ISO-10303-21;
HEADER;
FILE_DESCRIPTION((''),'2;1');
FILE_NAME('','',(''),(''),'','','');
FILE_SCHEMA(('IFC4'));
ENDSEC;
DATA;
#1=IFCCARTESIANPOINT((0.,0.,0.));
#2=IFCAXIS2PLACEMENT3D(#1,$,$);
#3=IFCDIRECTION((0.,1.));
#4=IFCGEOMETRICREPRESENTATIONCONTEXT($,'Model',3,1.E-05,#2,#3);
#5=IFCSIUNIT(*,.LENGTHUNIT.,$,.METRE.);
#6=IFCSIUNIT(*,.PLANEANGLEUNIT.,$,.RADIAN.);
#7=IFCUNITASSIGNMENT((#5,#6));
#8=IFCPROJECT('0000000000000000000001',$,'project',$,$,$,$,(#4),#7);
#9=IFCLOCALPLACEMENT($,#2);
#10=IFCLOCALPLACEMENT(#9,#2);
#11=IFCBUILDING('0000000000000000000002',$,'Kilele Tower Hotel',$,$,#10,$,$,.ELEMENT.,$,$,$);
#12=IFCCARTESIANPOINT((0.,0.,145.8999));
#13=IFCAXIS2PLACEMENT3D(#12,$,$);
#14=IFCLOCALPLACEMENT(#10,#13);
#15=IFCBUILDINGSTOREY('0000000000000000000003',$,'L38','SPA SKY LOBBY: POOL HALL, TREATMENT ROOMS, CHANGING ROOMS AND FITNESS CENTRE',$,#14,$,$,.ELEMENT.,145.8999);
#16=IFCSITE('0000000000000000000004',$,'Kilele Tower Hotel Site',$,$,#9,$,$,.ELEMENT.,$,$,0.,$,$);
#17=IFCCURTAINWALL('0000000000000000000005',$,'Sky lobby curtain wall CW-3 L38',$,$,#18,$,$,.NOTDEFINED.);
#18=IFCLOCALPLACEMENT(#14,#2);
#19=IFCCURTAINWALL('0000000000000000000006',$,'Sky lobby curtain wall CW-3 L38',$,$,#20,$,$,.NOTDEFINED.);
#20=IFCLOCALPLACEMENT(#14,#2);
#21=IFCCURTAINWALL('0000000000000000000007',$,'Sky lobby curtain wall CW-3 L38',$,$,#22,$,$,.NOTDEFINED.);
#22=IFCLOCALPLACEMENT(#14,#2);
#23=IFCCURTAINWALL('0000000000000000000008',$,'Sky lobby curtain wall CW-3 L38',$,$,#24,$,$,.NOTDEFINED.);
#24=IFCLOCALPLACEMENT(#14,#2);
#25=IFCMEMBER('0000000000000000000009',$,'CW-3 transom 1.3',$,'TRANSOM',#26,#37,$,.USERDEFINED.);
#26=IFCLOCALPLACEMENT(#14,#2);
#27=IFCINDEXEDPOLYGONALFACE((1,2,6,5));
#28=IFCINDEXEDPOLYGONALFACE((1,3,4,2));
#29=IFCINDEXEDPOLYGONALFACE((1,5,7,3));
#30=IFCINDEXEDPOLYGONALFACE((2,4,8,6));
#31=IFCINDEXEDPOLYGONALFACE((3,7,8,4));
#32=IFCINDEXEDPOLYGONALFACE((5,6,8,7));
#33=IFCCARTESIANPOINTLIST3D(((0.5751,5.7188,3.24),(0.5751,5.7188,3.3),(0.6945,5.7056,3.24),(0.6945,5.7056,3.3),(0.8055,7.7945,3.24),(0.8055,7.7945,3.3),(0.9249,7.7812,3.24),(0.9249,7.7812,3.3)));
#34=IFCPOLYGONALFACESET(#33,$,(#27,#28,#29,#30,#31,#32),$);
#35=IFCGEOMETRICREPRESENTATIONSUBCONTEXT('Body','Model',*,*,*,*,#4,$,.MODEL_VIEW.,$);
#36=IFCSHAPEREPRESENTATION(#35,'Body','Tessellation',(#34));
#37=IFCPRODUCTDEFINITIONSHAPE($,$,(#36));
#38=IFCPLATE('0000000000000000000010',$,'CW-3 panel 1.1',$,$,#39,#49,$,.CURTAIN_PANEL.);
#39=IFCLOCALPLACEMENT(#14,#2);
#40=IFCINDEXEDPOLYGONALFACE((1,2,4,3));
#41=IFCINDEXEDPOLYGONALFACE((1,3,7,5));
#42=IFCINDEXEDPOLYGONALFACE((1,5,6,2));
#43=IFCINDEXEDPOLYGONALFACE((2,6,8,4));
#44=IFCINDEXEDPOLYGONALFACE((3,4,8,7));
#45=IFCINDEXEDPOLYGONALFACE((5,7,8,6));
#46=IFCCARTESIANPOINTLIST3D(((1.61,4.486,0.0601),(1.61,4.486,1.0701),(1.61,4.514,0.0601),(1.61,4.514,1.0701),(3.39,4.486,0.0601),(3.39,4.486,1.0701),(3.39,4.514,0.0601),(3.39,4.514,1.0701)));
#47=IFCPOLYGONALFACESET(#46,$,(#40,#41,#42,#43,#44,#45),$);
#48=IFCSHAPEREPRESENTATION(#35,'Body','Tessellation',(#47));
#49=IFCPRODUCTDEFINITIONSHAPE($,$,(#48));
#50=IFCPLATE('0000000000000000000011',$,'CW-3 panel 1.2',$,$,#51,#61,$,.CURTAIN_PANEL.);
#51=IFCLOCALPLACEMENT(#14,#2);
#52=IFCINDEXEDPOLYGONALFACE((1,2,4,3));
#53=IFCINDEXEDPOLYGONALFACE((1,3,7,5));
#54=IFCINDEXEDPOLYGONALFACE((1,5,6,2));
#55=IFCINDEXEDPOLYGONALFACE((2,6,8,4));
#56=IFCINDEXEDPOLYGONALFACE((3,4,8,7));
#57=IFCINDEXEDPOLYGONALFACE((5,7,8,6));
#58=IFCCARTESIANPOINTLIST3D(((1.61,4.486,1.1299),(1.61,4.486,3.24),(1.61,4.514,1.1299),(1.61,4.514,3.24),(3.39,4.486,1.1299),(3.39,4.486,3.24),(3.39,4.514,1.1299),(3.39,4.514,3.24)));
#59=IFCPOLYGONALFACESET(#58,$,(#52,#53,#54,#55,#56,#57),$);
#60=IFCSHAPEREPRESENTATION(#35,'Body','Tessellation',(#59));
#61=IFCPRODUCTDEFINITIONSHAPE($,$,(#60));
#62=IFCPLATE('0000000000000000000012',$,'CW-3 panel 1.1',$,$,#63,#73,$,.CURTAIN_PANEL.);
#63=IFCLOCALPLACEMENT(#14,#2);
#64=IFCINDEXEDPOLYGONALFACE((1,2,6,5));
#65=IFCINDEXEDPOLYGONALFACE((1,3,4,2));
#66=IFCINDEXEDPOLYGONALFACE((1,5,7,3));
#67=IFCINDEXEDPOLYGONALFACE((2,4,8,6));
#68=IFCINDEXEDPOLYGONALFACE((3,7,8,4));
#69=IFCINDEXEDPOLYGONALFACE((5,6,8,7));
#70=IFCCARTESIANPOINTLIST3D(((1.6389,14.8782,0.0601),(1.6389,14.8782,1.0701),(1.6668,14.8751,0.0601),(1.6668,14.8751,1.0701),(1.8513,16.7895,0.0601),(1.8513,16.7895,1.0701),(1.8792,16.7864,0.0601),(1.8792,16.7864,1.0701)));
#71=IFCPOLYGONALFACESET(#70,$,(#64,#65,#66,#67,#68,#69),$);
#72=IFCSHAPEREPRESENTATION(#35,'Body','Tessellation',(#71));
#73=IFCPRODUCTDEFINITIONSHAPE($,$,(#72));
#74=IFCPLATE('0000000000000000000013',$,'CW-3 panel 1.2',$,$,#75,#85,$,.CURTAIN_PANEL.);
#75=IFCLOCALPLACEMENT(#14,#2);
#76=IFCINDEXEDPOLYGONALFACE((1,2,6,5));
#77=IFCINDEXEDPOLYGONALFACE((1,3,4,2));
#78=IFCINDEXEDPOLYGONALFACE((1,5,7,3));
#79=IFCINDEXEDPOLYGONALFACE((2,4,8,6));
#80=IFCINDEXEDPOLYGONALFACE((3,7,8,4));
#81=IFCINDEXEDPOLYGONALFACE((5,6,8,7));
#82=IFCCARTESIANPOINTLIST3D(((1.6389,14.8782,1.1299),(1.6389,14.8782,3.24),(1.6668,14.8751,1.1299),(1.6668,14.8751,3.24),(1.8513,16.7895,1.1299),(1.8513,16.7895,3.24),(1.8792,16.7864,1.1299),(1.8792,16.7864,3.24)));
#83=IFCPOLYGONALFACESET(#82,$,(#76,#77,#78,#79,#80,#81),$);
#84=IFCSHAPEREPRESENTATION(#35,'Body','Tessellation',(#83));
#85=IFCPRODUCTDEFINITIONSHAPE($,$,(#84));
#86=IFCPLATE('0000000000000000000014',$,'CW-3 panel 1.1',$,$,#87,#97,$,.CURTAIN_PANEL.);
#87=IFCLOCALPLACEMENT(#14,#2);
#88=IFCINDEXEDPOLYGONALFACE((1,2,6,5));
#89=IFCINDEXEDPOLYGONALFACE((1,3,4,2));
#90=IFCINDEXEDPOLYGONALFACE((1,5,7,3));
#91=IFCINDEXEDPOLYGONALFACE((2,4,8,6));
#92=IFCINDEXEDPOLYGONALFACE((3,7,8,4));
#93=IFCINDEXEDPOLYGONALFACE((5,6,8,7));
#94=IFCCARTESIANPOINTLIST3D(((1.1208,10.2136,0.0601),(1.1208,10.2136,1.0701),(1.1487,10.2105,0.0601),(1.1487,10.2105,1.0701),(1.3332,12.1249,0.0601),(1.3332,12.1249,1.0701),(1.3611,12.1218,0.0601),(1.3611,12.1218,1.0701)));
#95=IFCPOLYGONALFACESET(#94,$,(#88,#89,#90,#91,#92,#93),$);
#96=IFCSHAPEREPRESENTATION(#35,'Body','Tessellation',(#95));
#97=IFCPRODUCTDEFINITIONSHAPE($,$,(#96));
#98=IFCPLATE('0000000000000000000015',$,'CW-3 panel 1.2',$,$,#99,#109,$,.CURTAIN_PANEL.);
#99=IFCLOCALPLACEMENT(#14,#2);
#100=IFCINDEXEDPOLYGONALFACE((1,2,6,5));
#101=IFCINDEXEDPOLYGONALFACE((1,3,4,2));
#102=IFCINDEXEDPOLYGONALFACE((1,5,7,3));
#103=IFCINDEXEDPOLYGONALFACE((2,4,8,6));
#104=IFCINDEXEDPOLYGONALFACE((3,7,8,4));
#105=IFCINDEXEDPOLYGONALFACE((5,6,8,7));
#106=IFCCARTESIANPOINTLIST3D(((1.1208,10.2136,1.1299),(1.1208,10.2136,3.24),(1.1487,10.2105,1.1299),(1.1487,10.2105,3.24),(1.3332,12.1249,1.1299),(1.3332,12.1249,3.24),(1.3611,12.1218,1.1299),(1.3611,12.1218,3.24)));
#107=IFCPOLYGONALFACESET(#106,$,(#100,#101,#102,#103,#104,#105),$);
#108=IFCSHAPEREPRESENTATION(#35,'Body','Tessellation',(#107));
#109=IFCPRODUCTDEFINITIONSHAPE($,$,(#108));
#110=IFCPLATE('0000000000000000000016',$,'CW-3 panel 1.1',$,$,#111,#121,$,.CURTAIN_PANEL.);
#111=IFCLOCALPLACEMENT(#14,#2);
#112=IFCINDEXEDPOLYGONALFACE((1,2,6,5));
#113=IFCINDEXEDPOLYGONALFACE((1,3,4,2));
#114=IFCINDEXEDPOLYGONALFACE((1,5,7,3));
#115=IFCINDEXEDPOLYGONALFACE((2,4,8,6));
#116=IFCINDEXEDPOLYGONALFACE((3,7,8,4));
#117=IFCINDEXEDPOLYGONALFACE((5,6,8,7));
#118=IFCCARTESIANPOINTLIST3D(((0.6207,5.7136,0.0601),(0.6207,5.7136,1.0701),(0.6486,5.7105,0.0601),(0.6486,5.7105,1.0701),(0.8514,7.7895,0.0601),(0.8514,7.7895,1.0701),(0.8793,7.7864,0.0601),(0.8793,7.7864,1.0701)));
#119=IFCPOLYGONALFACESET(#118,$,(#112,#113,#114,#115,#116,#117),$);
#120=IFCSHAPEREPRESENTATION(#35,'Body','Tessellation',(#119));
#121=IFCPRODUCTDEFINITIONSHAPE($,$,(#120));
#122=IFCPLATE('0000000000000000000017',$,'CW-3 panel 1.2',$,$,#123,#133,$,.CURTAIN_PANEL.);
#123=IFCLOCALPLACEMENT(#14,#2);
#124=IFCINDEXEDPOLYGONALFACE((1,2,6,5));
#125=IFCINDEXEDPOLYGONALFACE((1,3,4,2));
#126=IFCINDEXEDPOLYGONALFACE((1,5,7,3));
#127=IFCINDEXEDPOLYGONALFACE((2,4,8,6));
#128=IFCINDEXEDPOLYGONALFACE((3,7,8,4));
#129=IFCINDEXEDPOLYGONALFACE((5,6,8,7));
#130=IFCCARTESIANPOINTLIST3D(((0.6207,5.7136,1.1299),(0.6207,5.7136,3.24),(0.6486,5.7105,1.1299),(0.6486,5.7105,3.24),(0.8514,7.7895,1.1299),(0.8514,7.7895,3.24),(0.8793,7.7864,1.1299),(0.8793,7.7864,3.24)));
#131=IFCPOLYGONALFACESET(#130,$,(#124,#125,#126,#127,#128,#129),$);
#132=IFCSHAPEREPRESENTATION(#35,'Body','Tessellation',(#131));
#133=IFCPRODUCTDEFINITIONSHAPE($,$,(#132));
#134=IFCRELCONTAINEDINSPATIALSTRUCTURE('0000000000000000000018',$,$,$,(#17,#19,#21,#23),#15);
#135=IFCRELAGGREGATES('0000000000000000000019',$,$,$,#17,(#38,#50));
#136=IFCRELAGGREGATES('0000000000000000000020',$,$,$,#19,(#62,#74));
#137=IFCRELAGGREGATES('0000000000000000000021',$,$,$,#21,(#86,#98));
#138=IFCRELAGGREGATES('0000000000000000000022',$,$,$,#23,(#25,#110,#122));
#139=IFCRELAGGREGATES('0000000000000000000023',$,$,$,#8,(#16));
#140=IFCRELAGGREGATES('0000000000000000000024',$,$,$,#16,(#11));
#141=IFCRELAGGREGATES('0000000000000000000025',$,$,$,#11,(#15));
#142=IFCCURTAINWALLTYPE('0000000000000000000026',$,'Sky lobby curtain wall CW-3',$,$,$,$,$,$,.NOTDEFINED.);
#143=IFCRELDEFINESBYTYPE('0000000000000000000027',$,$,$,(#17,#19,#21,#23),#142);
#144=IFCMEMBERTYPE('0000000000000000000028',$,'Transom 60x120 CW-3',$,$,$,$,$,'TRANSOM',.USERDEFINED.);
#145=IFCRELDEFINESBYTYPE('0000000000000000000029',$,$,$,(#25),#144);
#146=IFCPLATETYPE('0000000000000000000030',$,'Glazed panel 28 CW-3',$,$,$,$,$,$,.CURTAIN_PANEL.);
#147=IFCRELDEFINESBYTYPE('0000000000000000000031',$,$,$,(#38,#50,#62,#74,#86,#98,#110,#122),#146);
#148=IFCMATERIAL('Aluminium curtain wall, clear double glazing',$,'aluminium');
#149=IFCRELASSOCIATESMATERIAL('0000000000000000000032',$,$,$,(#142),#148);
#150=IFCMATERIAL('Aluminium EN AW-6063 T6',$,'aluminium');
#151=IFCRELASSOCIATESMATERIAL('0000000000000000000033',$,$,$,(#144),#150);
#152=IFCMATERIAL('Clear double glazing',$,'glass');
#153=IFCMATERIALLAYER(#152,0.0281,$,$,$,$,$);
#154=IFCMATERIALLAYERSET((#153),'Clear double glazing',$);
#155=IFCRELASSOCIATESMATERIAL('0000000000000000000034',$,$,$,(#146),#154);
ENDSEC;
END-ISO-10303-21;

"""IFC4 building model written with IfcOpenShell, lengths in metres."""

from ifc_helpers import new_model, si_unit, direction, frame, origin, origin_2d, place, context, subcontext, project, spatial, rectangle, extrude, material, layer, layer_set, material_profile, profile_set, type_object, element, aggregate, save


model = new_model("IFC4")

# Units and contexts
model_context = context("Model", 3, precision=1e-05, world=origin(), true_north=direction((0.0, 1.0)))
body_context = subcontext(model_context, "Body", "Model", "MODEL_VIEW")
ifc_project = project(units=[si_unit("LENGTHUNIT", "METRE"), si_unit("PLANEANGLEUNIT", "RADIAN")], contexts=[model_context])

# Site, building, storey
site_placement = place(None, origin())
site = spatial("IfcSite", under=ifc_project, at=site_placement, Name="Kilele Tower Hotel Site", CompositionType="ELEMENT", RefElevation=0.0)
building_placement = place(site_placement, origin())
building = spatial("IfcBuilding", under=site, at=building_placement, Name="Kilele Tower Hotel", CompositionType="ELEMENT")
storey_placement = place(building_placement, frame((0.0, 0.0, 145.8999)))
storey = spatial("IfcBuildingStorey", under=building, at=storey_placement, Name="L38", Description="SPA SKY LOBBY: POOL HALL, TREATMENT ROOMS, CHANGING ROOMS AND FITNESS CENTRE", CompositionType="ELEMENT", Elevation=145.8999)

# Curtain wall
ifc_material_1 = material(Name="Aluminium curtain wall, clear double glazing", Category="aluminium")
curtain_wall_type = type_object("IfcCurtainWallType", Name="Sky lobby curtain wall CW-3", PredefinedType="NOTDEFINED", material=ifc_material_1)
curtain_wall_1_placement = place(storey_placement, origin())
curtain_wall_1 = element("IfcCurtainWall", 1, at=curtain_wall_1_placement, inside=storey, type_object=curtain_wall_type, Name="Sky lobby curtain wall CW-3 L38", PredefinedType="NOTDEFINED")

# Curtain walls
curtain_wall_2_placement = place(storey_placement, origin())
curtain_wall_2 = element("IfcCurtainWall", 2, at=curtain_wall_2_placement, inside=storey, type_object=curtain_wall_type, Name="Sky lobby curtain wall CW-3 L38", PredefinedType="NOTDEFINED")
curtain_wall_3_placement = place(storey_placement, origin())
curtain_wall_3 = element("IfcCurtainWall", 3, at=curtain_wall_3_placement, inside=storey, type_object=curtain_wall_type, Name="Sky lobby curtain wall CW-3 L38", PredefinedType="NOTDEFINED")
curtain_wall_4_placement = place(storey_placement, origin())
curtain_wall_4 = element("IfcCurtainWall", 4, at=curtain_wall_4_placement, inside=storey, type_object=curtain_wall_type, Name="Sky lobby curtain wall CW-3 L38", PredefinedType="NOTDEFINED")

# Member
ifc_material_2 = material(Name="Aluminium EN AW-6063 T6", Category="aluminium")
ifc_material_profile_1 = material_profile(ifc_material_2, rectangle(XDim=0.1201, YDim=0.0601, at=origin_2d()))
ifc_profile_set_1 = profile_set([ifc_material_profile_1], Name="Aluminium EN AW-6063 T6")
member_type_1 = type_object("IfcMemberType", Name="Transom 60x120 CW-3", ElementType="TRANSOM", PredefinedType="USERDEFINED", material=ifc_profile_set_1)
member_1_placement = place(storey_placement, frame((0.8652, 7.7878, 3.27), z_axis=(-0.110355, -0.993892, 0.0), x_axis=(0.993892, -0.110355, 0.0)))
member_1 = element("IfcMember", 5, at=member_1_placement, type_object=member_type_1, Name="CW-3 transom 1.3", ObjectType="TRANSOM", PredefinedType="USERDEFINED", context=body_context, shape_type="SweptSolid", body=[
    extrude(rectangle(XDim=0.1201, YDim=0.0601, at=origin_2d()), origin(), (0.0, 0.0, 1.0), 2.0884),
])

# Plates
ifc_material_3 = material(Name="Clear double glazing", Category="glass")
ifc_layer = layer(ifc_material_3, 0.0281)
ifc_layer_set = layer_set([ifc_layer], Name="Clear double glazing")
plate_type = type_object("IfcPlateType", Name="Glazed panel 28 CW-3", PredefinedType="CURTAIN_PANEL", material=ifc_layer_set)
plate_1_placement = place(storey_placement, frame((2.5, 4.5, 0.0601), z_axis=(0.0, 0.0, 1.0), x_axis=(1.0, 0.0, 0.0)))
plate_1 = element("IfcPlate", 6, at=plate_1_placement, type_object=plate_type, Name="CW-3 panel 1.1", PredefinedType="CURTAIN_PANEL", context=body_context, shape_type="SweptSolid", body=[
    extrude(rectangle(XDim=1.78, YDim=0.0281, at=origin_2d()), origin(), (0.0, 0.0, 1.0), 1.01),
])
plate_2_placement = place(storey_placement, frame((2.5, 4.5, 1.1299), z_axis=(0.0, 0.0, 1.0), x_axis=(1.0, 0.0, 0.0)))
plate_2 = element("IfcPlate", 7, at=plate_2_placement, type_object=plate_type, Name="CW-3 panel 1.2", PredefinedType="CURTAIN_PANEL", context=body_context, shape_type="SweptSolid", body=[
    extrude(rectangle(XDim=1.78, YDim=0.0281, at=origin_2d()), origin(), (0.0, 0.0, 1.0), 2.1101),
])
aggregate(curtain_wall_1, [plate_1, plate_2])
plate_3_placement = place(storey_placement, frame((1.759, 15.8323, 0.0601), z_axis=(0.0, 0.0, 1.0), x_axis=(-0.110432, -0.993884, 0.0)))
plate_3 = element("IfcPlate", 8, at=plate_3_placement, type_object=plate_type, Name="CW-3 panel 1.1", PredefinedType="CURTAIN_PANEL", context=body_context, shape_type="SweptSolid", body=[
    extrude(rectangle(XDim=1.9231, YDim=0.0281, at=origin_2d()), origin(), (0.0, 0.0, 1.0), 1.01),
])
plate_4_placement = place(storey_placement, frame((1.759, 15.8323, 1.1299), z_axis=(0.0, 0.0, 1.0), x_axis=(-0.110432, -0.993884, 0.0)))
plate_4 = element("IfcPlate", 9, at=plate_4_placement, type_object=plate_type, Name="CW-3 panel 1.2", PredefinedType="CURTAIN_PANEL", context=body_context, shape_type="SweptSolid", body=[
    extrude(rectangle(XDim=1.9231, YDim=0.0281, at=origin_2d()), origin(), (0.0, 0.0, 1.0), 2.1101),
])
aggregate(curtain_wall_2, [plate_3, plate_4])
plate_5_placement = place(storey_placement, frame((1.241, 11.1677, 0.0601), z_axis=(0.0, 0.0, 1.0), x_axis=(-0.110432, -0.993884, 0.0)))
plate_5 = element("IfcPlate", 10, at=plate_5_placement, type_object=plate_type, Name="CW-3 panel 1.1", PredefinedType="CURTAIN_PANEL", context=body_context, shape_type="SweptSolid", body=[
    extrude(rectangle(XDim=1.9231, YDim=0.0281, at=origin_2d()), origin(), (0.0, 0.0, 1.0), 1.01),
])
plate_6_placement = place(storey_placement, frame((1.241, 11.1677, 1.1299), z_axis=(0.0, 0.0, 1.0), x_axis=(-0.110432, -0.993884, 0.0)))
plate_6 = element("IfcPlate", 11, at=plate_6_placement, type_object=plate_type, Name="CW-3 panel 1.2", PredefinedType="CURTAIN_PANEL", context=body_context, shape_type="SweptSolid", body=[
    extrude(rectangle(XDim=1.9231, YDim=0.0281, at=origin_2d()), origin(), (0.0, 0.0, 1.0), 2.1101),
])
aggregate(curtain_wall_3, [plate_5, plate_6])
plate_7_placement = place(storey_placement, frame((0.75, 6.75, 0.0601), z_axis=(0.0, 0.0, 1.0), x_axis=(-0.110432, -0.993884, 0.0)))
plate_7 = element("IfcPlate", 12, at=plate_7_placement, type_object=plate_type, Name="CW-3 panel 1.1", PredefinedType="CURTAIN_PANEL", context=body_context, shape_type="SweptSolid", body=[
    extrude(rectangle(XDim=2.0886, YDim=0.0281, at=origin_2d()), origin(), (0.0, 0.0, 1.0), 1.01),
])
plate_8_placement = place(storey_placement, frame((0.75, 6.75, 1.1299), z_axis=(0.0, 0.0, 1.0), x_axis=(-0.110432, -0.993884, 0.0)))
plate_8 = element("IfcPlate", 13, at=plate_8_placement, type_object=plate_type, Name="CW-3 panel 1.2", PredefinedType="CURTAIN_PANEL", context=body_context, shape_type="SweptSolid", body=[
    extrude(rectangle(XDim=2.0886, YDim=0.0281, at=origin_2d()), origin(), (0.0, 0.0, 1.0), 2.1101),
])
aggregate(curtain_wall_4, [member_1, plate_7, plate_8])

save(model, "model.ifc")
